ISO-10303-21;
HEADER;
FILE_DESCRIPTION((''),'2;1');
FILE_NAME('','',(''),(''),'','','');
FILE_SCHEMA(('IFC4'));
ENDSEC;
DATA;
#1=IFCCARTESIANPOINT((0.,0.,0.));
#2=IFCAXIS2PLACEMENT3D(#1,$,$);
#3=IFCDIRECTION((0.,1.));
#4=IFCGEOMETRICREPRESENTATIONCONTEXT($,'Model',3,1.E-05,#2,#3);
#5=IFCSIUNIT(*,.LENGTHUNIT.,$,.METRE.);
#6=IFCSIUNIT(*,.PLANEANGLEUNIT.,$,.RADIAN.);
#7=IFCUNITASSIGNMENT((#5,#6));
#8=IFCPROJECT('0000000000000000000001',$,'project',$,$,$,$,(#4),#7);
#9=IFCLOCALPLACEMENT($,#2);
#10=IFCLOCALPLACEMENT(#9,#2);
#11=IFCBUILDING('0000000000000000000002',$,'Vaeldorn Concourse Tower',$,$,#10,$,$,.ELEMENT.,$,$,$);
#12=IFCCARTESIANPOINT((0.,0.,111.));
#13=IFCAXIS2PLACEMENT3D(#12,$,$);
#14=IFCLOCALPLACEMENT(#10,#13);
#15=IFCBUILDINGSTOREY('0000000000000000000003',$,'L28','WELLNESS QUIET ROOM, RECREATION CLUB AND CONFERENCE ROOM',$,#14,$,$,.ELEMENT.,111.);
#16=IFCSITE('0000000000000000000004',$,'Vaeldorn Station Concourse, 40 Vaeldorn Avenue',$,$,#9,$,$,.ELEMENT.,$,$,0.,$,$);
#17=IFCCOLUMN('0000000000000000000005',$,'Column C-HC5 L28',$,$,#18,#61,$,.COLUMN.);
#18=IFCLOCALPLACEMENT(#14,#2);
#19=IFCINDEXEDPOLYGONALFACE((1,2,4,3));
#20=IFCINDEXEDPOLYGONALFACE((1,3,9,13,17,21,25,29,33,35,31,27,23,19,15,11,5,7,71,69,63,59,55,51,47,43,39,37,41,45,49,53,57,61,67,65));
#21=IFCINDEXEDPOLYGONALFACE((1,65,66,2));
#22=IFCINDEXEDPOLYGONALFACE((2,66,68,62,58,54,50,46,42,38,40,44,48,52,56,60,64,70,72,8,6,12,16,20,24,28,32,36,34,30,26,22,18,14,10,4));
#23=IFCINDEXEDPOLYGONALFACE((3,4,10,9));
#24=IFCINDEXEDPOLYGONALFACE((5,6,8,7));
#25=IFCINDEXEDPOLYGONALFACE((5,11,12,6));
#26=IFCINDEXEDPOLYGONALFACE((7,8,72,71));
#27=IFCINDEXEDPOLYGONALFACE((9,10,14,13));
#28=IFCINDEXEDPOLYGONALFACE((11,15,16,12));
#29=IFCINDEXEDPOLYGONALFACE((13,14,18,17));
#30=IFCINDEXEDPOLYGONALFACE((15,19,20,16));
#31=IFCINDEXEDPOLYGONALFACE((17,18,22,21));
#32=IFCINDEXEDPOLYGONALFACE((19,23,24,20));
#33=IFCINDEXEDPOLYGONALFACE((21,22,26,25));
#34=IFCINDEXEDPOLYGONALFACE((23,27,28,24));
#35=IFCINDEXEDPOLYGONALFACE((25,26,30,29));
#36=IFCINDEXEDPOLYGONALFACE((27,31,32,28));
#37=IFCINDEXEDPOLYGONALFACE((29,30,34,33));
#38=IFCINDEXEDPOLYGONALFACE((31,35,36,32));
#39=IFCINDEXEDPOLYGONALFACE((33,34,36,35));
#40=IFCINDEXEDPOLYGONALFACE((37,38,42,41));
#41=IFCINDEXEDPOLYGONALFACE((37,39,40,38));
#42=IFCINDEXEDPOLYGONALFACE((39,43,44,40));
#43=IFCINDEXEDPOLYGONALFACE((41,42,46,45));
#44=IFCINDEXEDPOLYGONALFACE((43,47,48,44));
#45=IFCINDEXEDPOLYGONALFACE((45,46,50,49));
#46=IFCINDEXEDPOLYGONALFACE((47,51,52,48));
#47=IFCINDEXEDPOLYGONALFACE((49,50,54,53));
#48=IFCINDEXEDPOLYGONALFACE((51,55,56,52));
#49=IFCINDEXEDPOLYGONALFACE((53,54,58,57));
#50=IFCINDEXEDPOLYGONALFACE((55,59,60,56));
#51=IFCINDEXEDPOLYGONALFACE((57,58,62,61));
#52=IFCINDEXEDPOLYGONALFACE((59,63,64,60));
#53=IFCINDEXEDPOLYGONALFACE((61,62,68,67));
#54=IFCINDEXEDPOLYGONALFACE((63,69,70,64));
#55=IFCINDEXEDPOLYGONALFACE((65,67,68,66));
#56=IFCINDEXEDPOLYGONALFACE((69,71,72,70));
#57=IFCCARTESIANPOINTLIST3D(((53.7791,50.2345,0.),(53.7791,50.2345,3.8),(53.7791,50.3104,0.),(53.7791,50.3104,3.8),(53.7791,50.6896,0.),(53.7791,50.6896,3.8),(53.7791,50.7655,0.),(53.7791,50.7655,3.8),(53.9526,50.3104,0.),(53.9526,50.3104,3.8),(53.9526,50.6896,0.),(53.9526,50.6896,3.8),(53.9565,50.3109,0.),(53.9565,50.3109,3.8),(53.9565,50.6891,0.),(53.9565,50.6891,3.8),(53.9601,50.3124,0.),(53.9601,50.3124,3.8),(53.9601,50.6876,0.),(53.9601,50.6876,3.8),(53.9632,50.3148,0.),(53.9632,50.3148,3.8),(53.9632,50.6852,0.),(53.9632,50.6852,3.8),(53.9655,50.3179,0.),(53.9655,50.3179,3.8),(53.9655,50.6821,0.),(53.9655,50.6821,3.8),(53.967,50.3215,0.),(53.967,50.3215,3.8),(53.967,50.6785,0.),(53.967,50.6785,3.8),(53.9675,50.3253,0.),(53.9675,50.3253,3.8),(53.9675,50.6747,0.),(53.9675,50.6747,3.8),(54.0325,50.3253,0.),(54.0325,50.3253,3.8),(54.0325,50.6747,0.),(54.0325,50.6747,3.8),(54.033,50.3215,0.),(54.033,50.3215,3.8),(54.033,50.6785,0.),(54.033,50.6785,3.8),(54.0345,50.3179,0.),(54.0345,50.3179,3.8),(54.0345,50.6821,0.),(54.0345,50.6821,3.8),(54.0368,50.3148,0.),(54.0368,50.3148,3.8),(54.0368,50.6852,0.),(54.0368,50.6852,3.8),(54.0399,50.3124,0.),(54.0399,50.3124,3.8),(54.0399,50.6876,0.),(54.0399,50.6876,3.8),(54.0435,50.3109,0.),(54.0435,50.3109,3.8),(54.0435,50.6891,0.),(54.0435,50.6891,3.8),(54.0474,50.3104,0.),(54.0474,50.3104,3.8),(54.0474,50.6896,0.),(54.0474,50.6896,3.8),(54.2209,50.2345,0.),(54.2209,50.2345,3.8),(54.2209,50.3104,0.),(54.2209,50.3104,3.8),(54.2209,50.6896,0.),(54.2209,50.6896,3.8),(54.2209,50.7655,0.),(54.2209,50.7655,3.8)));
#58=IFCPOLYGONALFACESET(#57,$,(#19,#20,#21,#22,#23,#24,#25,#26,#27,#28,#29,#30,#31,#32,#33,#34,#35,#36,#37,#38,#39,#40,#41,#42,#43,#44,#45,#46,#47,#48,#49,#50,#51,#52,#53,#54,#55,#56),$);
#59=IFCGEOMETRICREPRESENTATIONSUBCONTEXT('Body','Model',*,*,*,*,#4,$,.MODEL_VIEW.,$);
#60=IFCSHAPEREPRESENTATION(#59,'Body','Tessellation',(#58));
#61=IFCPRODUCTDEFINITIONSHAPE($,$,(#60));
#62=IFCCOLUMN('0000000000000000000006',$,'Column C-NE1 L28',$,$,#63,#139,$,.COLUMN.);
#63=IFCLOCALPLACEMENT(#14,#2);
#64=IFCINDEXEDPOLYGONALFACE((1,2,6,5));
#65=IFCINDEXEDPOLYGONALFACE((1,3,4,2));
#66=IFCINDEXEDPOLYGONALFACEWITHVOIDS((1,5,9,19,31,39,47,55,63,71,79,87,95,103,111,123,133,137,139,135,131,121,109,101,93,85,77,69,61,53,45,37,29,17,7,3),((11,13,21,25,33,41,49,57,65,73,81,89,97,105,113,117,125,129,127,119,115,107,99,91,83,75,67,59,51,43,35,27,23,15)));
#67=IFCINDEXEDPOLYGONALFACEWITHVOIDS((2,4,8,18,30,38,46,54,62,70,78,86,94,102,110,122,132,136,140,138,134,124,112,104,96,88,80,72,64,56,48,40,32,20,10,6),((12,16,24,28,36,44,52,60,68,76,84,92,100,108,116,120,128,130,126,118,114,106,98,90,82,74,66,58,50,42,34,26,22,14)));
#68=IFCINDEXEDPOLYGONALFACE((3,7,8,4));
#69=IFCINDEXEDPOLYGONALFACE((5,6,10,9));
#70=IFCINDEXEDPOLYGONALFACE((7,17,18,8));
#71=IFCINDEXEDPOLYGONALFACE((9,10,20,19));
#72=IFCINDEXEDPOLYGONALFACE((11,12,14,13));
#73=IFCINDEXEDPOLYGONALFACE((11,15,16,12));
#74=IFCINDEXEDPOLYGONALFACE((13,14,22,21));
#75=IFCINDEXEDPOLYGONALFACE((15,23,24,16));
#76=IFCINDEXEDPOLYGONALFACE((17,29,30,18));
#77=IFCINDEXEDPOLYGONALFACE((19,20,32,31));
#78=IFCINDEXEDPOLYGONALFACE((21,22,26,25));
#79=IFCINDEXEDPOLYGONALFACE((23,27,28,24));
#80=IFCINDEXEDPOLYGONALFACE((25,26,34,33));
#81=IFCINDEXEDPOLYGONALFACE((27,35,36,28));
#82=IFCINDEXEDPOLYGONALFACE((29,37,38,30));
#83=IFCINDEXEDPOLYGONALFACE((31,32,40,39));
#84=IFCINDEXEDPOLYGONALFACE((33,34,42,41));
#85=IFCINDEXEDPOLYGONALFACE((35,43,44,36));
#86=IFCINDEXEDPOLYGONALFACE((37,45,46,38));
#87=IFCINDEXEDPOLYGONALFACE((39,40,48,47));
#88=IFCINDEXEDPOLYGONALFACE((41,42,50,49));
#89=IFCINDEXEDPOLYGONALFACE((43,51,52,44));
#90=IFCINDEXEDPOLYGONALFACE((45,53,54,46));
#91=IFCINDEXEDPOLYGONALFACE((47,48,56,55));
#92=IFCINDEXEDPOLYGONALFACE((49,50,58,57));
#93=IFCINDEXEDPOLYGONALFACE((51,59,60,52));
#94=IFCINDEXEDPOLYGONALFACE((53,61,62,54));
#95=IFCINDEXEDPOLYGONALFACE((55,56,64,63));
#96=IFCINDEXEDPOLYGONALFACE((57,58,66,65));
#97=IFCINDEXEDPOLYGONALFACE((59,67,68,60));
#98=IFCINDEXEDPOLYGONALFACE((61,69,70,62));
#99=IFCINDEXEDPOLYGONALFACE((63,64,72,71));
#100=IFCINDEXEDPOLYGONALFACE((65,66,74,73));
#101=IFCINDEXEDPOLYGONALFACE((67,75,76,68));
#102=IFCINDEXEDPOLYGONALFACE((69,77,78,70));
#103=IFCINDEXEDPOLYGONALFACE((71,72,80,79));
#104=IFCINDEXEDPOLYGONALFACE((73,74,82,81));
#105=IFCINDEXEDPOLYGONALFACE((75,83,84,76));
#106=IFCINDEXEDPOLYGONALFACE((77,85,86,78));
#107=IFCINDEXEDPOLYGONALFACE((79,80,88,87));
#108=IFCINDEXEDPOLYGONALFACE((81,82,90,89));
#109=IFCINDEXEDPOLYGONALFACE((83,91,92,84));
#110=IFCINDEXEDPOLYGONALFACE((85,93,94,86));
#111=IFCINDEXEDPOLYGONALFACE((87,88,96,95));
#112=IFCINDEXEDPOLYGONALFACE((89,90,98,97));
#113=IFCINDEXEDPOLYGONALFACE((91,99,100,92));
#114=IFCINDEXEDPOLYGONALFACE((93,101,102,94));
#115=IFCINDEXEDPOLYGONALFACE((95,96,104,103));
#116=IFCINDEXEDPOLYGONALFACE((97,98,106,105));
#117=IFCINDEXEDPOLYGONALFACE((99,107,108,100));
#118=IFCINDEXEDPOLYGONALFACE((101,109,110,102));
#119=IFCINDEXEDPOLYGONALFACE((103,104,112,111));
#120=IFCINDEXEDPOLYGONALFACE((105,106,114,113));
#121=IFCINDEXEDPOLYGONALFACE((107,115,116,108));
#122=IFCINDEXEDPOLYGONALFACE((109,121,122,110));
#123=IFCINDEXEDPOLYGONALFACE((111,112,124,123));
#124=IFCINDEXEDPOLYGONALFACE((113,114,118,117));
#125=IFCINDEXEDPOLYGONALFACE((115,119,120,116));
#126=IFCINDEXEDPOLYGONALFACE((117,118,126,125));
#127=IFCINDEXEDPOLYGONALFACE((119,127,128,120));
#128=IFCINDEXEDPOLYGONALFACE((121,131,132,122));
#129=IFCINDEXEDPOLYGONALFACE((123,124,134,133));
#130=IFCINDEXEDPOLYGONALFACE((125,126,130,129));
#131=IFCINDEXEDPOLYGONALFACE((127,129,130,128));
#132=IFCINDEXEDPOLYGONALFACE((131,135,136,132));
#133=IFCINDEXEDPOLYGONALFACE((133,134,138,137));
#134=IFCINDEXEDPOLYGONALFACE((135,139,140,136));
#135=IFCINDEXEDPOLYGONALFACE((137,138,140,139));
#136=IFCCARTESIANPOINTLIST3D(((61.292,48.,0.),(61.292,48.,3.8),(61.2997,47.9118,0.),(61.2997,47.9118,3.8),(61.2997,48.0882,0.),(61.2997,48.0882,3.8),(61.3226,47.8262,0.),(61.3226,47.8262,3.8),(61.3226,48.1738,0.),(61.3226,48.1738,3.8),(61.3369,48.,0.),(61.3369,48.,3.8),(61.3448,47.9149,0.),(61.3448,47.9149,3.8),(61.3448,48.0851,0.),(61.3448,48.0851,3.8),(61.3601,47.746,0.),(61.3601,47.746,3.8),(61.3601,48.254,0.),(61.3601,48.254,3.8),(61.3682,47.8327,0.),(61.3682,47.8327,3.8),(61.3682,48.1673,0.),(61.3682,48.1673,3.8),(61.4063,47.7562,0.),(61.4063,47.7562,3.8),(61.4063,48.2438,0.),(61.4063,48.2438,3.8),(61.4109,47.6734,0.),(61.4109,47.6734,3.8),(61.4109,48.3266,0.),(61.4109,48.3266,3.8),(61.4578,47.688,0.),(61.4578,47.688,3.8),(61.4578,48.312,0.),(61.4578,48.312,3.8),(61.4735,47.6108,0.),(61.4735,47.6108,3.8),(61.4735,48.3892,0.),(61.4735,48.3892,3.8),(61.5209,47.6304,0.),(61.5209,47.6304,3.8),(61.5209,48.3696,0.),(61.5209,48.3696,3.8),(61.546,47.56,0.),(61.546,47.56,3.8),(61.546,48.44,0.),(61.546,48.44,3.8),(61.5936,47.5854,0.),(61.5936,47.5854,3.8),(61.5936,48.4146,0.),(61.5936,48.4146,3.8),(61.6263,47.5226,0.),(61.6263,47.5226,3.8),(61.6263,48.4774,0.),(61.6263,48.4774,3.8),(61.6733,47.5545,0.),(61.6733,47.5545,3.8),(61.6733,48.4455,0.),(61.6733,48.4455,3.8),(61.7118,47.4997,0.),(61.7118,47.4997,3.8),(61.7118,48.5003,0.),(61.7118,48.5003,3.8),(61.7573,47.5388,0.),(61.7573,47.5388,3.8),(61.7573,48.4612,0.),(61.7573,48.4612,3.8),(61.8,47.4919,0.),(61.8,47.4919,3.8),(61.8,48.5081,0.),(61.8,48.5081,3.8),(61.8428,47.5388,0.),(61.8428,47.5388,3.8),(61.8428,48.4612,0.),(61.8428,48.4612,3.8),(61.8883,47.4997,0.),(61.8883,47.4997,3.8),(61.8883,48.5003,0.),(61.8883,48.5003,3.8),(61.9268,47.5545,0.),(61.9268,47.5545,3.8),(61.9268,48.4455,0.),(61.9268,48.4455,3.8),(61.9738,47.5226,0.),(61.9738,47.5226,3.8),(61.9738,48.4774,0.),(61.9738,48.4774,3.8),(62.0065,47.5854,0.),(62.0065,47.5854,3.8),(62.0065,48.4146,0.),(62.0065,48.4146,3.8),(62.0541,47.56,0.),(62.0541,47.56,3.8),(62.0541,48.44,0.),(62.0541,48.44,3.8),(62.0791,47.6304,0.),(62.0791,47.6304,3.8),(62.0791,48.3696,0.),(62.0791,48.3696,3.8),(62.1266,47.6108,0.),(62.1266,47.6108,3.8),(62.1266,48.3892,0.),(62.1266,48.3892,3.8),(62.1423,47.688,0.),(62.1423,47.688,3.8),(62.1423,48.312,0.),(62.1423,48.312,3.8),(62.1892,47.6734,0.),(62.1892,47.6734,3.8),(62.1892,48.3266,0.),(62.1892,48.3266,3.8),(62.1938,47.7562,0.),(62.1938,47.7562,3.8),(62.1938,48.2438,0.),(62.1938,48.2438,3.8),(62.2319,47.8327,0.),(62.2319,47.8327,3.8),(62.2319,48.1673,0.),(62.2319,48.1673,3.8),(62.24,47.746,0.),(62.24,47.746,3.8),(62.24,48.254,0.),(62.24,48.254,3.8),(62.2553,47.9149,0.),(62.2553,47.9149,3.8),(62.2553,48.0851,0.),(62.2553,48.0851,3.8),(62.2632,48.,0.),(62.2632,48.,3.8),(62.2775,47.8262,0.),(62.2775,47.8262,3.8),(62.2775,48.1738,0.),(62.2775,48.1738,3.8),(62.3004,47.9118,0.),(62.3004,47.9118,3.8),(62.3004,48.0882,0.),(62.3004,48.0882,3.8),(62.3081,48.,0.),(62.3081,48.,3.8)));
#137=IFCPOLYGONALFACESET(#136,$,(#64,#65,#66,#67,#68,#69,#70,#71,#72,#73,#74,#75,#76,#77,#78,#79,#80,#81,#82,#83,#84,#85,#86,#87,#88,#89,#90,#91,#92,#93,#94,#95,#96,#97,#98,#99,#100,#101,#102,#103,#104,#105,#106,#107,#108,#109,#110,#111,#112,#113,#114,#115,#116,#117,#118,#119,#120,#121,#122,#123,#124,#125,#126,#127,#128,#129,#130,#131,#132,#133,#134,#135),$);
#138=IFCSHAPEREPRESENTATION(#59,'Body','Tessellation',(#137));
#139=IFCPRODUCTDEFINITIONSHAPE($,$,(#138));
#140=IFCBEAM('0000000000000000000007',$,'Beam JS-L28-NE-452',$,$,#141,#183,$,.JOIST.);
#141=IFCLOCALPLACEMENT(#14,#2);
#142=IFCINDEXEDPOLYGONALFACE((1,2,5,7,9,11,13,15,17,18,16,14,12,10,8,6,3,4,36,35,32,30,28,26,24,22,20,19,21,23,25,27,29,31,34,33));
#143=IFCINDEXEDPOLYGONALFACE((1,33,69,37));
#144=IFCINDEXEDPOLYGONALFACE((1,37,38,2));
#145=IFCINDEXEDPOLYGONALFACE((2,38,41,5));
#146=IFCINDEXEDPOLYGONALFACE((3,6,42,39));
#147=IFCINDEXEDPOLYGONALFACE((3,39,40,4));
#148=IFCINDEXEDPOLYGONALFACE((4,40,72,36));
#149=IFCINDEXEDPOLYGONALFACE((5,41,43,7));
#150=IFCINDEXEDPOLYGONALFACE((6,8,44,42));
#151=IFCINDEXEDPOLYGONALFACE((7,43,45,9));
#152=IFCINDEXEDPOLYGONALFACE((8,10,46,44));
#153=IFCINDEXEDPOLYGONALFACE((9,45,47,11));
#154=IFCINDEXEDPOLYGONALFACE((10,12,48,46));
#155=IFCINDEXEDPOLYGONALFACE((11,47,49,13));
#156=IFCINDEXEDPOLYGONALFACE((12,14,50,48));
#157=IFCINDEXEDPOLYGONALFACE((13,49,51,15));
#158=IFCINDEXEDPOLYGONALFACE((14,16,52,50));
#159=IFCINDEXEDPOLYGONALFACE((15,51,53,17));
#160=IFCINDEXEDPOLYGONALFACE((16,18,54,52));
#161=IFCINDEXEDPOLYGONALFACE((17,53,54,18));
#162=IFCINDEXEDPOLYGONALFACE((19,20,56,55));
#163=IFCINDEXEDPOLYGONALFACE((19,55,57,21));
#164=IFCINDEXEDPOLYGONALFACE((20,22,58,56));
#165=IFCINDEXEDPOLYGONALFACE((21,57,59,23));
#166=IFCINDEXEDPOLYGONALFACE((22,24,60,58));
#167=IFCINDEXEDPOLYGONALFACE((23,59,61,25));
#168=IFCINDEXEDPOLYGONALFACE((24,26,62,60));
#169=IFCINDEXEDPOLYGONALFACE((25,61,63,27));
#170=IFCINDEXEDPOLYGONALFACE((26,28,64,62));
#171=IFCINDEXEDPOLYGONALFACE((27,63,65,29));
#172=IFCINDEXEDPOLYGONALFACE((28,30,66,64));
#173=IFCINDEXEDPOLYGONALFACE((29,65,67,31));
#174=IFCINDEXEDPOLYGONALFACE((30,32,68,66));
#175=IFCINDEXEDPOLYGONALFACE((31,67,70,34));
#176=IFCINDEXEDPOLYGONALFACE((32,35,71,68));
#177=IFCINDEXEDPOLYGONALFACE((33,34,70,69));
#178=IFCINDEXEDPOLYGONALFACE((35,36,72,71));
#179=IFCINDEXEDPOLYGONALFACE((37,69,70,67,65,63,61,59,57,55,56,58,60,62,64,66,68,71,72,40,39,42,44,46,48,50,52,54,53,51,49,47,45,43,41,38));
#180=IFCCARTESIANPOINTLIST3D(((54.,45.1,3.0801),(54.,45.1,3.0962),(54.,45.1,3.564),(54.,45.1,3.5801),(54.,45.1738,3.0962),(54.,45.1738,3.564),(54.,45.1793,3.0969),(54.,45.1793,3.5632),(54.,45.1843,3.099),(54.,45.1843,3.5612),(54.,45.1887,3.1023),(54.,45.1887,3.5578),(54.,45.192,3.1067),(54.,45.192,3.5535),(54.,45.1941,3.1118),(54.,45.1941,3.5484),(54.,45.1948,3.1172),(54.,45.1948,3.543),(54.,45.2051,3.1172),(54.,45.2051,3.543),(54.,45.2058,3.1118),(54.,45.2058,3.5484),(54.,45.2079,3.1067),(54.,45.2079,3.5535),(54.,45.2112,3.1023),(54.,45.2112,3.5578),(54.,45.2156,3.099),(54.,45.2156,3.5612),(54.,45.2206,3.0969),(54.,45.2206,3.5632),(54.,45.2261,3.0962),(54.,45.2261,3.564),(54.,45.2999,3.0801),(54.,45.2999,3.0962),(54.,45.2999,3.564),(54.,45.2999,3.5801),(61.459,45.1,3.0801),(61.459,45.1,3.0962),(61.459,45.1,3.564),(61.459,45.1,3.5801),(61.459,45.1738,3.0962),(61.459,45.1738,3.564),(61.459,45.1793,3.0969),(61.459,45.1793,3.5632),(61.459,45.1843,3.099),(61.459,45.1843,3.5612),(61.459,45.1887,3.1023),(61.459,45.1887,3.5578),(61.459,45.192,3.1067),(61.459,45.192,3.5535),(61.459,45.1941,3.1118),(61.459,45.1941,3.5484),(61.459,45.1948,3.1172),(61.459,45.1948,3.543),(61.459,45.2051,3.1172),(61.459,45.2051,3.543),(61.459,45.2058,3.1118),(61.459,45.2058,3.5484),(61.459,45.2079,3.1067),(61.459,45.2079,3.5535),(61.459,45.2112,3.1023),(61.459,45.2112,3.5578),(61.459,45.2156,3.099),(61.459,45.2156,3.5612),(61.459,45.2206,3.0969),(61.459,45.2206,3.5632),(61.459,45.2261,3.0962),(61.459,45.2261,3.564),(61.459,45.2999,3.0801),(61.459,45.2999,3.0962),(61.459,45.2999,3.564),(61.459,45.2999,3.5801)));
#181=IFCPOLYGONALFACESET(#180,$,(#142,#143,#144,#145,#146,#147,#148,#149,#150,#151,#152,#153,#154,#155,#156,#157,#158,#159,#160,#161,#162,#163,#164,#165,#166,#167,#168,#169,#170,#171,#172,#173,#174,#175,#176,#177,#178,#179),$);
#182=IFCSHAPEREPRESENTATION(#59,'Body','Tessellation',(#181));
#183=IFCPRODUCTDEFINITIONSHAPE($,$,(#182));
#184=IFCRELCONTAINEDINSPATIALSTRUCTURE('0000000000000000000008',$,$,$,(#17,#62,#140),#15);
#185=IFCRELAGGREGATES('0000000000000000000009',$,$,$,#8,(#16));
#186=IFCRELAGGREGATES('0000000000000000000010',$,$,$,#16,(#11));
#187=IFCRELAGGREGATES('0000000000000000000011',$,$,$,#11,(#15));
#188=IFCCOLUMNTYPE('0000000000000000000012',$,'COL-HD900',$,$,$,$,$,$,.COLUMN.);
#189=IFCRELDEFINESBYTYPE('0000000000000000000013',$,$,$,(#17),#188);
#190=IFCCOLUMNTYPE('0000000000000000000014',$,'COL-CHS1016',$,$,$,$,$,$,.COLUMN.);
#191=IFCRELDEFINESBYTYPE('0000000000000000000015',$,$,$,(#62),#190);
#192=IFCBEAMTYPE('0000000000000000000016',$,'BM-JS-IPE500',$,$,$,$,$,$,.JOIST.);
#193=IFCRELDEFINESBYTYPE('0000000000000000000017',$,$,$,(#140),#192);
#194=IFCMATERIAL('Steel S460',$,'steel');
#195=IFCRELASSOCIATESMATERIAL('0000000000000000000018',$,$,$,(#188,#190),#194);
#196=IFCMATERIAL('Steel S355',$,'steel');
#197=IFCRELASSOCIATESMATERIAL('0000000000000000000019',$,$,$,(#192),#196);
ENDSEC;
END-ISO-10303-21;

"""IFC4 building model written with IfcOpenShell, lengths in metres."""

from ifc_helpers import new_model, si_unit, direction, frame, origin, origin_2d, place, context, subcontext, project, spatial, hollow_circle, i_section, extrude, source, transform, mapped, material, material_profile, profile_set, type_object, element, save


model = new_model("IFC4")

# Units and contexts
model_context = context("Model", 3, precision=1e-05, world=origin(), true_north=direction((0.0, 1.0)))
body_context = subcontext(model_context, "Body", "Model", "MODEL_VIEW")
ifc_project = project(units=[si_unit("LENGTHUNIT", "METRE"), si_unit("PLANEANGLEUNIT", "RADIAN")], contexts=[model_context])

# Site, building, storey
site_placement = place(None, origin())
site = spatial("IfcSite", under=ifc_project, at=site_placement, Name="Vaeldorn Station Concourse, 40 Vaeldorn Avenue", CompositionType="ELEMENT", RefElevation=0.0)
building_placement = place(site_placement, origin())
building = spatial("IfcBuilding", under=site, at=building_placement, Name="Vaeldorn Concourse Tower", CompositionType="ELEMENT")
storey_placement = place(building_placement, frame((0.0, 0.0, 111.0)))
storey = spatial("IfcBuildingStorey", under=building, at=storey_placement, Name="L28", Description="WELLNESS QUIET ROOM, RECREATION CLUB AND CONFERENCE ROOM", CompositionType="ELEMENT", Elevation=111.0)

# Columns
ifc_material_1 = material(Name="Steel S460", Category="steel")
ifc_material_profile_1 = material_profile(ifc_material_1, i_section(OverallWidth=0.4419, OverallDepth=0.531, WebThickness=0.0649, FlangeThickness=0.0759, FilletRadius=0.0149, at=origin_2d()), Name="HD 400x900")
ifc_profile_set_1 = profile_set([ifc_material_profile_1], Name="Steel S460")
column_type_1 = type_object("IfcColumnType", Name="COL-HD900", PredefinedType="COLUMN", material=ifc_profile_set_1)
shared_shape_1 = source(origin(), body_context, "Body", "SweptSolid", [
    extrude(i_section(OverallWidth=0.4419, OverallDepth=0.531, WebThickness=0.0649, FlangeThickness=0.0759, FilletRadius=0.0149, at=origin_2d()), origin(), (0.0, 0.0, 1.0), 3.8),
])
column_1_placement = place(storey_placement, frame((54.0, 50.5, 0.0), z_axis=(0.0, 0.0, 1.0), x_axis=(1.0, 0.0, 0.0)))
element("IfcColumn", 1, at=column_1_placement, inside=storey, type_object=column_type_1, Name="Column C-HC5 L28", PredefinedType="COLUMN", context=body_context, shape_type="MappedRepresentation", body=[
    mapped(shared_shape_1, transform((0.0, 0.0, 0.0), scale=1.0)),
])
ifc_material_profile_2 = material_profile(ifc_material_1, hollow_circle(Radius=0.5081, WallThickness=0.0449, at=origin_2d()), Name="CHS 1016x45")
ifc_profile_set_2 = profile_set([ifc_material_profile_2], Name="Steel S460")
column_type_2 = type_object("IfcColumnType", Name="COL-CHS1016", PredefinedType="COLUMN", material=ifc_profile_set_2)
shared_shape_2 = source(origin(), body_context, "Body", "SweptSolid", [
    extrude(hollow_circle(Radius=0.5081, WallThickness=0.0449, at=origin_2d()), origin(), (0.0, 0.0, 1.0), 3.8),
])
column_2_placement = place(storey_placement, frame((61.8, 48.0, 0.0), z_axis=(0.0, 0.0, 1.0), x_axis=(1.0, 0.0, 0.0)))
element("IfcColumn", 2, at=column_2_placement, inside=storey, type_object=column_type_2, Name="Column C-NE1 L28", PredefinedType="COLUMN", context=body_context, shape_type="MappedRepresentation", body=[
    mapped(shared_shape_2, transform((0.0, 0.0, 0.0), scale=1.0)),
])

# Beam
ifc_material_2 = material(Name="Steel S355", Category="steel")
ifc_material_profile_3 = material_profile(ifc_material_2, i_section(OverallWidth=0.2, OverallDepth=0.5, WebThickness=0.0103, FlangeThickness=0.0161, FilletRadius=0.021, at=origin_2d()), Name="IPE 500")
ifc_profile_set_3 = profile_set([ifc_material_profile_3], Name="Steel S355")
beam_type_1 = type_object("IfcBeamType", Name="BM-JS-IPE500", PredefinedType="JOIST", material=ifc_profile_set_3)
shared_shape_3 = source(origin(), body_context, "Body", "SweptSolid", [
    extrude(i_section(OverallWidth=0.2, OverallDepth=0.5, WebThickness=0.0103, FlangeThickness=0.0161, FilletRadius=0.021, at=origin_2d()), origin(), (0.0, 0.0, 1.0), 7.459),
])
beam_1_placement = place(storey_placement, frame((54.0, 45.2, 3.3301), z_axis=(1.0, 0.0, 0.0), x_axis=(0.0, 1.0, 0.0)))
element("IfcBeam", 3, at=beam_1_placement, inside=storey, type_object=beam_type_1, Name="Beam JS-L28-NE-452", PredefinedType="JOIST", context=body_context, shape_type="MappedRepresentation", body=[
    mapped(shared_shape_3, transform((0.0, 0.0, 0.0), scale=1.0)),
])

save(model, "model.ifc")
